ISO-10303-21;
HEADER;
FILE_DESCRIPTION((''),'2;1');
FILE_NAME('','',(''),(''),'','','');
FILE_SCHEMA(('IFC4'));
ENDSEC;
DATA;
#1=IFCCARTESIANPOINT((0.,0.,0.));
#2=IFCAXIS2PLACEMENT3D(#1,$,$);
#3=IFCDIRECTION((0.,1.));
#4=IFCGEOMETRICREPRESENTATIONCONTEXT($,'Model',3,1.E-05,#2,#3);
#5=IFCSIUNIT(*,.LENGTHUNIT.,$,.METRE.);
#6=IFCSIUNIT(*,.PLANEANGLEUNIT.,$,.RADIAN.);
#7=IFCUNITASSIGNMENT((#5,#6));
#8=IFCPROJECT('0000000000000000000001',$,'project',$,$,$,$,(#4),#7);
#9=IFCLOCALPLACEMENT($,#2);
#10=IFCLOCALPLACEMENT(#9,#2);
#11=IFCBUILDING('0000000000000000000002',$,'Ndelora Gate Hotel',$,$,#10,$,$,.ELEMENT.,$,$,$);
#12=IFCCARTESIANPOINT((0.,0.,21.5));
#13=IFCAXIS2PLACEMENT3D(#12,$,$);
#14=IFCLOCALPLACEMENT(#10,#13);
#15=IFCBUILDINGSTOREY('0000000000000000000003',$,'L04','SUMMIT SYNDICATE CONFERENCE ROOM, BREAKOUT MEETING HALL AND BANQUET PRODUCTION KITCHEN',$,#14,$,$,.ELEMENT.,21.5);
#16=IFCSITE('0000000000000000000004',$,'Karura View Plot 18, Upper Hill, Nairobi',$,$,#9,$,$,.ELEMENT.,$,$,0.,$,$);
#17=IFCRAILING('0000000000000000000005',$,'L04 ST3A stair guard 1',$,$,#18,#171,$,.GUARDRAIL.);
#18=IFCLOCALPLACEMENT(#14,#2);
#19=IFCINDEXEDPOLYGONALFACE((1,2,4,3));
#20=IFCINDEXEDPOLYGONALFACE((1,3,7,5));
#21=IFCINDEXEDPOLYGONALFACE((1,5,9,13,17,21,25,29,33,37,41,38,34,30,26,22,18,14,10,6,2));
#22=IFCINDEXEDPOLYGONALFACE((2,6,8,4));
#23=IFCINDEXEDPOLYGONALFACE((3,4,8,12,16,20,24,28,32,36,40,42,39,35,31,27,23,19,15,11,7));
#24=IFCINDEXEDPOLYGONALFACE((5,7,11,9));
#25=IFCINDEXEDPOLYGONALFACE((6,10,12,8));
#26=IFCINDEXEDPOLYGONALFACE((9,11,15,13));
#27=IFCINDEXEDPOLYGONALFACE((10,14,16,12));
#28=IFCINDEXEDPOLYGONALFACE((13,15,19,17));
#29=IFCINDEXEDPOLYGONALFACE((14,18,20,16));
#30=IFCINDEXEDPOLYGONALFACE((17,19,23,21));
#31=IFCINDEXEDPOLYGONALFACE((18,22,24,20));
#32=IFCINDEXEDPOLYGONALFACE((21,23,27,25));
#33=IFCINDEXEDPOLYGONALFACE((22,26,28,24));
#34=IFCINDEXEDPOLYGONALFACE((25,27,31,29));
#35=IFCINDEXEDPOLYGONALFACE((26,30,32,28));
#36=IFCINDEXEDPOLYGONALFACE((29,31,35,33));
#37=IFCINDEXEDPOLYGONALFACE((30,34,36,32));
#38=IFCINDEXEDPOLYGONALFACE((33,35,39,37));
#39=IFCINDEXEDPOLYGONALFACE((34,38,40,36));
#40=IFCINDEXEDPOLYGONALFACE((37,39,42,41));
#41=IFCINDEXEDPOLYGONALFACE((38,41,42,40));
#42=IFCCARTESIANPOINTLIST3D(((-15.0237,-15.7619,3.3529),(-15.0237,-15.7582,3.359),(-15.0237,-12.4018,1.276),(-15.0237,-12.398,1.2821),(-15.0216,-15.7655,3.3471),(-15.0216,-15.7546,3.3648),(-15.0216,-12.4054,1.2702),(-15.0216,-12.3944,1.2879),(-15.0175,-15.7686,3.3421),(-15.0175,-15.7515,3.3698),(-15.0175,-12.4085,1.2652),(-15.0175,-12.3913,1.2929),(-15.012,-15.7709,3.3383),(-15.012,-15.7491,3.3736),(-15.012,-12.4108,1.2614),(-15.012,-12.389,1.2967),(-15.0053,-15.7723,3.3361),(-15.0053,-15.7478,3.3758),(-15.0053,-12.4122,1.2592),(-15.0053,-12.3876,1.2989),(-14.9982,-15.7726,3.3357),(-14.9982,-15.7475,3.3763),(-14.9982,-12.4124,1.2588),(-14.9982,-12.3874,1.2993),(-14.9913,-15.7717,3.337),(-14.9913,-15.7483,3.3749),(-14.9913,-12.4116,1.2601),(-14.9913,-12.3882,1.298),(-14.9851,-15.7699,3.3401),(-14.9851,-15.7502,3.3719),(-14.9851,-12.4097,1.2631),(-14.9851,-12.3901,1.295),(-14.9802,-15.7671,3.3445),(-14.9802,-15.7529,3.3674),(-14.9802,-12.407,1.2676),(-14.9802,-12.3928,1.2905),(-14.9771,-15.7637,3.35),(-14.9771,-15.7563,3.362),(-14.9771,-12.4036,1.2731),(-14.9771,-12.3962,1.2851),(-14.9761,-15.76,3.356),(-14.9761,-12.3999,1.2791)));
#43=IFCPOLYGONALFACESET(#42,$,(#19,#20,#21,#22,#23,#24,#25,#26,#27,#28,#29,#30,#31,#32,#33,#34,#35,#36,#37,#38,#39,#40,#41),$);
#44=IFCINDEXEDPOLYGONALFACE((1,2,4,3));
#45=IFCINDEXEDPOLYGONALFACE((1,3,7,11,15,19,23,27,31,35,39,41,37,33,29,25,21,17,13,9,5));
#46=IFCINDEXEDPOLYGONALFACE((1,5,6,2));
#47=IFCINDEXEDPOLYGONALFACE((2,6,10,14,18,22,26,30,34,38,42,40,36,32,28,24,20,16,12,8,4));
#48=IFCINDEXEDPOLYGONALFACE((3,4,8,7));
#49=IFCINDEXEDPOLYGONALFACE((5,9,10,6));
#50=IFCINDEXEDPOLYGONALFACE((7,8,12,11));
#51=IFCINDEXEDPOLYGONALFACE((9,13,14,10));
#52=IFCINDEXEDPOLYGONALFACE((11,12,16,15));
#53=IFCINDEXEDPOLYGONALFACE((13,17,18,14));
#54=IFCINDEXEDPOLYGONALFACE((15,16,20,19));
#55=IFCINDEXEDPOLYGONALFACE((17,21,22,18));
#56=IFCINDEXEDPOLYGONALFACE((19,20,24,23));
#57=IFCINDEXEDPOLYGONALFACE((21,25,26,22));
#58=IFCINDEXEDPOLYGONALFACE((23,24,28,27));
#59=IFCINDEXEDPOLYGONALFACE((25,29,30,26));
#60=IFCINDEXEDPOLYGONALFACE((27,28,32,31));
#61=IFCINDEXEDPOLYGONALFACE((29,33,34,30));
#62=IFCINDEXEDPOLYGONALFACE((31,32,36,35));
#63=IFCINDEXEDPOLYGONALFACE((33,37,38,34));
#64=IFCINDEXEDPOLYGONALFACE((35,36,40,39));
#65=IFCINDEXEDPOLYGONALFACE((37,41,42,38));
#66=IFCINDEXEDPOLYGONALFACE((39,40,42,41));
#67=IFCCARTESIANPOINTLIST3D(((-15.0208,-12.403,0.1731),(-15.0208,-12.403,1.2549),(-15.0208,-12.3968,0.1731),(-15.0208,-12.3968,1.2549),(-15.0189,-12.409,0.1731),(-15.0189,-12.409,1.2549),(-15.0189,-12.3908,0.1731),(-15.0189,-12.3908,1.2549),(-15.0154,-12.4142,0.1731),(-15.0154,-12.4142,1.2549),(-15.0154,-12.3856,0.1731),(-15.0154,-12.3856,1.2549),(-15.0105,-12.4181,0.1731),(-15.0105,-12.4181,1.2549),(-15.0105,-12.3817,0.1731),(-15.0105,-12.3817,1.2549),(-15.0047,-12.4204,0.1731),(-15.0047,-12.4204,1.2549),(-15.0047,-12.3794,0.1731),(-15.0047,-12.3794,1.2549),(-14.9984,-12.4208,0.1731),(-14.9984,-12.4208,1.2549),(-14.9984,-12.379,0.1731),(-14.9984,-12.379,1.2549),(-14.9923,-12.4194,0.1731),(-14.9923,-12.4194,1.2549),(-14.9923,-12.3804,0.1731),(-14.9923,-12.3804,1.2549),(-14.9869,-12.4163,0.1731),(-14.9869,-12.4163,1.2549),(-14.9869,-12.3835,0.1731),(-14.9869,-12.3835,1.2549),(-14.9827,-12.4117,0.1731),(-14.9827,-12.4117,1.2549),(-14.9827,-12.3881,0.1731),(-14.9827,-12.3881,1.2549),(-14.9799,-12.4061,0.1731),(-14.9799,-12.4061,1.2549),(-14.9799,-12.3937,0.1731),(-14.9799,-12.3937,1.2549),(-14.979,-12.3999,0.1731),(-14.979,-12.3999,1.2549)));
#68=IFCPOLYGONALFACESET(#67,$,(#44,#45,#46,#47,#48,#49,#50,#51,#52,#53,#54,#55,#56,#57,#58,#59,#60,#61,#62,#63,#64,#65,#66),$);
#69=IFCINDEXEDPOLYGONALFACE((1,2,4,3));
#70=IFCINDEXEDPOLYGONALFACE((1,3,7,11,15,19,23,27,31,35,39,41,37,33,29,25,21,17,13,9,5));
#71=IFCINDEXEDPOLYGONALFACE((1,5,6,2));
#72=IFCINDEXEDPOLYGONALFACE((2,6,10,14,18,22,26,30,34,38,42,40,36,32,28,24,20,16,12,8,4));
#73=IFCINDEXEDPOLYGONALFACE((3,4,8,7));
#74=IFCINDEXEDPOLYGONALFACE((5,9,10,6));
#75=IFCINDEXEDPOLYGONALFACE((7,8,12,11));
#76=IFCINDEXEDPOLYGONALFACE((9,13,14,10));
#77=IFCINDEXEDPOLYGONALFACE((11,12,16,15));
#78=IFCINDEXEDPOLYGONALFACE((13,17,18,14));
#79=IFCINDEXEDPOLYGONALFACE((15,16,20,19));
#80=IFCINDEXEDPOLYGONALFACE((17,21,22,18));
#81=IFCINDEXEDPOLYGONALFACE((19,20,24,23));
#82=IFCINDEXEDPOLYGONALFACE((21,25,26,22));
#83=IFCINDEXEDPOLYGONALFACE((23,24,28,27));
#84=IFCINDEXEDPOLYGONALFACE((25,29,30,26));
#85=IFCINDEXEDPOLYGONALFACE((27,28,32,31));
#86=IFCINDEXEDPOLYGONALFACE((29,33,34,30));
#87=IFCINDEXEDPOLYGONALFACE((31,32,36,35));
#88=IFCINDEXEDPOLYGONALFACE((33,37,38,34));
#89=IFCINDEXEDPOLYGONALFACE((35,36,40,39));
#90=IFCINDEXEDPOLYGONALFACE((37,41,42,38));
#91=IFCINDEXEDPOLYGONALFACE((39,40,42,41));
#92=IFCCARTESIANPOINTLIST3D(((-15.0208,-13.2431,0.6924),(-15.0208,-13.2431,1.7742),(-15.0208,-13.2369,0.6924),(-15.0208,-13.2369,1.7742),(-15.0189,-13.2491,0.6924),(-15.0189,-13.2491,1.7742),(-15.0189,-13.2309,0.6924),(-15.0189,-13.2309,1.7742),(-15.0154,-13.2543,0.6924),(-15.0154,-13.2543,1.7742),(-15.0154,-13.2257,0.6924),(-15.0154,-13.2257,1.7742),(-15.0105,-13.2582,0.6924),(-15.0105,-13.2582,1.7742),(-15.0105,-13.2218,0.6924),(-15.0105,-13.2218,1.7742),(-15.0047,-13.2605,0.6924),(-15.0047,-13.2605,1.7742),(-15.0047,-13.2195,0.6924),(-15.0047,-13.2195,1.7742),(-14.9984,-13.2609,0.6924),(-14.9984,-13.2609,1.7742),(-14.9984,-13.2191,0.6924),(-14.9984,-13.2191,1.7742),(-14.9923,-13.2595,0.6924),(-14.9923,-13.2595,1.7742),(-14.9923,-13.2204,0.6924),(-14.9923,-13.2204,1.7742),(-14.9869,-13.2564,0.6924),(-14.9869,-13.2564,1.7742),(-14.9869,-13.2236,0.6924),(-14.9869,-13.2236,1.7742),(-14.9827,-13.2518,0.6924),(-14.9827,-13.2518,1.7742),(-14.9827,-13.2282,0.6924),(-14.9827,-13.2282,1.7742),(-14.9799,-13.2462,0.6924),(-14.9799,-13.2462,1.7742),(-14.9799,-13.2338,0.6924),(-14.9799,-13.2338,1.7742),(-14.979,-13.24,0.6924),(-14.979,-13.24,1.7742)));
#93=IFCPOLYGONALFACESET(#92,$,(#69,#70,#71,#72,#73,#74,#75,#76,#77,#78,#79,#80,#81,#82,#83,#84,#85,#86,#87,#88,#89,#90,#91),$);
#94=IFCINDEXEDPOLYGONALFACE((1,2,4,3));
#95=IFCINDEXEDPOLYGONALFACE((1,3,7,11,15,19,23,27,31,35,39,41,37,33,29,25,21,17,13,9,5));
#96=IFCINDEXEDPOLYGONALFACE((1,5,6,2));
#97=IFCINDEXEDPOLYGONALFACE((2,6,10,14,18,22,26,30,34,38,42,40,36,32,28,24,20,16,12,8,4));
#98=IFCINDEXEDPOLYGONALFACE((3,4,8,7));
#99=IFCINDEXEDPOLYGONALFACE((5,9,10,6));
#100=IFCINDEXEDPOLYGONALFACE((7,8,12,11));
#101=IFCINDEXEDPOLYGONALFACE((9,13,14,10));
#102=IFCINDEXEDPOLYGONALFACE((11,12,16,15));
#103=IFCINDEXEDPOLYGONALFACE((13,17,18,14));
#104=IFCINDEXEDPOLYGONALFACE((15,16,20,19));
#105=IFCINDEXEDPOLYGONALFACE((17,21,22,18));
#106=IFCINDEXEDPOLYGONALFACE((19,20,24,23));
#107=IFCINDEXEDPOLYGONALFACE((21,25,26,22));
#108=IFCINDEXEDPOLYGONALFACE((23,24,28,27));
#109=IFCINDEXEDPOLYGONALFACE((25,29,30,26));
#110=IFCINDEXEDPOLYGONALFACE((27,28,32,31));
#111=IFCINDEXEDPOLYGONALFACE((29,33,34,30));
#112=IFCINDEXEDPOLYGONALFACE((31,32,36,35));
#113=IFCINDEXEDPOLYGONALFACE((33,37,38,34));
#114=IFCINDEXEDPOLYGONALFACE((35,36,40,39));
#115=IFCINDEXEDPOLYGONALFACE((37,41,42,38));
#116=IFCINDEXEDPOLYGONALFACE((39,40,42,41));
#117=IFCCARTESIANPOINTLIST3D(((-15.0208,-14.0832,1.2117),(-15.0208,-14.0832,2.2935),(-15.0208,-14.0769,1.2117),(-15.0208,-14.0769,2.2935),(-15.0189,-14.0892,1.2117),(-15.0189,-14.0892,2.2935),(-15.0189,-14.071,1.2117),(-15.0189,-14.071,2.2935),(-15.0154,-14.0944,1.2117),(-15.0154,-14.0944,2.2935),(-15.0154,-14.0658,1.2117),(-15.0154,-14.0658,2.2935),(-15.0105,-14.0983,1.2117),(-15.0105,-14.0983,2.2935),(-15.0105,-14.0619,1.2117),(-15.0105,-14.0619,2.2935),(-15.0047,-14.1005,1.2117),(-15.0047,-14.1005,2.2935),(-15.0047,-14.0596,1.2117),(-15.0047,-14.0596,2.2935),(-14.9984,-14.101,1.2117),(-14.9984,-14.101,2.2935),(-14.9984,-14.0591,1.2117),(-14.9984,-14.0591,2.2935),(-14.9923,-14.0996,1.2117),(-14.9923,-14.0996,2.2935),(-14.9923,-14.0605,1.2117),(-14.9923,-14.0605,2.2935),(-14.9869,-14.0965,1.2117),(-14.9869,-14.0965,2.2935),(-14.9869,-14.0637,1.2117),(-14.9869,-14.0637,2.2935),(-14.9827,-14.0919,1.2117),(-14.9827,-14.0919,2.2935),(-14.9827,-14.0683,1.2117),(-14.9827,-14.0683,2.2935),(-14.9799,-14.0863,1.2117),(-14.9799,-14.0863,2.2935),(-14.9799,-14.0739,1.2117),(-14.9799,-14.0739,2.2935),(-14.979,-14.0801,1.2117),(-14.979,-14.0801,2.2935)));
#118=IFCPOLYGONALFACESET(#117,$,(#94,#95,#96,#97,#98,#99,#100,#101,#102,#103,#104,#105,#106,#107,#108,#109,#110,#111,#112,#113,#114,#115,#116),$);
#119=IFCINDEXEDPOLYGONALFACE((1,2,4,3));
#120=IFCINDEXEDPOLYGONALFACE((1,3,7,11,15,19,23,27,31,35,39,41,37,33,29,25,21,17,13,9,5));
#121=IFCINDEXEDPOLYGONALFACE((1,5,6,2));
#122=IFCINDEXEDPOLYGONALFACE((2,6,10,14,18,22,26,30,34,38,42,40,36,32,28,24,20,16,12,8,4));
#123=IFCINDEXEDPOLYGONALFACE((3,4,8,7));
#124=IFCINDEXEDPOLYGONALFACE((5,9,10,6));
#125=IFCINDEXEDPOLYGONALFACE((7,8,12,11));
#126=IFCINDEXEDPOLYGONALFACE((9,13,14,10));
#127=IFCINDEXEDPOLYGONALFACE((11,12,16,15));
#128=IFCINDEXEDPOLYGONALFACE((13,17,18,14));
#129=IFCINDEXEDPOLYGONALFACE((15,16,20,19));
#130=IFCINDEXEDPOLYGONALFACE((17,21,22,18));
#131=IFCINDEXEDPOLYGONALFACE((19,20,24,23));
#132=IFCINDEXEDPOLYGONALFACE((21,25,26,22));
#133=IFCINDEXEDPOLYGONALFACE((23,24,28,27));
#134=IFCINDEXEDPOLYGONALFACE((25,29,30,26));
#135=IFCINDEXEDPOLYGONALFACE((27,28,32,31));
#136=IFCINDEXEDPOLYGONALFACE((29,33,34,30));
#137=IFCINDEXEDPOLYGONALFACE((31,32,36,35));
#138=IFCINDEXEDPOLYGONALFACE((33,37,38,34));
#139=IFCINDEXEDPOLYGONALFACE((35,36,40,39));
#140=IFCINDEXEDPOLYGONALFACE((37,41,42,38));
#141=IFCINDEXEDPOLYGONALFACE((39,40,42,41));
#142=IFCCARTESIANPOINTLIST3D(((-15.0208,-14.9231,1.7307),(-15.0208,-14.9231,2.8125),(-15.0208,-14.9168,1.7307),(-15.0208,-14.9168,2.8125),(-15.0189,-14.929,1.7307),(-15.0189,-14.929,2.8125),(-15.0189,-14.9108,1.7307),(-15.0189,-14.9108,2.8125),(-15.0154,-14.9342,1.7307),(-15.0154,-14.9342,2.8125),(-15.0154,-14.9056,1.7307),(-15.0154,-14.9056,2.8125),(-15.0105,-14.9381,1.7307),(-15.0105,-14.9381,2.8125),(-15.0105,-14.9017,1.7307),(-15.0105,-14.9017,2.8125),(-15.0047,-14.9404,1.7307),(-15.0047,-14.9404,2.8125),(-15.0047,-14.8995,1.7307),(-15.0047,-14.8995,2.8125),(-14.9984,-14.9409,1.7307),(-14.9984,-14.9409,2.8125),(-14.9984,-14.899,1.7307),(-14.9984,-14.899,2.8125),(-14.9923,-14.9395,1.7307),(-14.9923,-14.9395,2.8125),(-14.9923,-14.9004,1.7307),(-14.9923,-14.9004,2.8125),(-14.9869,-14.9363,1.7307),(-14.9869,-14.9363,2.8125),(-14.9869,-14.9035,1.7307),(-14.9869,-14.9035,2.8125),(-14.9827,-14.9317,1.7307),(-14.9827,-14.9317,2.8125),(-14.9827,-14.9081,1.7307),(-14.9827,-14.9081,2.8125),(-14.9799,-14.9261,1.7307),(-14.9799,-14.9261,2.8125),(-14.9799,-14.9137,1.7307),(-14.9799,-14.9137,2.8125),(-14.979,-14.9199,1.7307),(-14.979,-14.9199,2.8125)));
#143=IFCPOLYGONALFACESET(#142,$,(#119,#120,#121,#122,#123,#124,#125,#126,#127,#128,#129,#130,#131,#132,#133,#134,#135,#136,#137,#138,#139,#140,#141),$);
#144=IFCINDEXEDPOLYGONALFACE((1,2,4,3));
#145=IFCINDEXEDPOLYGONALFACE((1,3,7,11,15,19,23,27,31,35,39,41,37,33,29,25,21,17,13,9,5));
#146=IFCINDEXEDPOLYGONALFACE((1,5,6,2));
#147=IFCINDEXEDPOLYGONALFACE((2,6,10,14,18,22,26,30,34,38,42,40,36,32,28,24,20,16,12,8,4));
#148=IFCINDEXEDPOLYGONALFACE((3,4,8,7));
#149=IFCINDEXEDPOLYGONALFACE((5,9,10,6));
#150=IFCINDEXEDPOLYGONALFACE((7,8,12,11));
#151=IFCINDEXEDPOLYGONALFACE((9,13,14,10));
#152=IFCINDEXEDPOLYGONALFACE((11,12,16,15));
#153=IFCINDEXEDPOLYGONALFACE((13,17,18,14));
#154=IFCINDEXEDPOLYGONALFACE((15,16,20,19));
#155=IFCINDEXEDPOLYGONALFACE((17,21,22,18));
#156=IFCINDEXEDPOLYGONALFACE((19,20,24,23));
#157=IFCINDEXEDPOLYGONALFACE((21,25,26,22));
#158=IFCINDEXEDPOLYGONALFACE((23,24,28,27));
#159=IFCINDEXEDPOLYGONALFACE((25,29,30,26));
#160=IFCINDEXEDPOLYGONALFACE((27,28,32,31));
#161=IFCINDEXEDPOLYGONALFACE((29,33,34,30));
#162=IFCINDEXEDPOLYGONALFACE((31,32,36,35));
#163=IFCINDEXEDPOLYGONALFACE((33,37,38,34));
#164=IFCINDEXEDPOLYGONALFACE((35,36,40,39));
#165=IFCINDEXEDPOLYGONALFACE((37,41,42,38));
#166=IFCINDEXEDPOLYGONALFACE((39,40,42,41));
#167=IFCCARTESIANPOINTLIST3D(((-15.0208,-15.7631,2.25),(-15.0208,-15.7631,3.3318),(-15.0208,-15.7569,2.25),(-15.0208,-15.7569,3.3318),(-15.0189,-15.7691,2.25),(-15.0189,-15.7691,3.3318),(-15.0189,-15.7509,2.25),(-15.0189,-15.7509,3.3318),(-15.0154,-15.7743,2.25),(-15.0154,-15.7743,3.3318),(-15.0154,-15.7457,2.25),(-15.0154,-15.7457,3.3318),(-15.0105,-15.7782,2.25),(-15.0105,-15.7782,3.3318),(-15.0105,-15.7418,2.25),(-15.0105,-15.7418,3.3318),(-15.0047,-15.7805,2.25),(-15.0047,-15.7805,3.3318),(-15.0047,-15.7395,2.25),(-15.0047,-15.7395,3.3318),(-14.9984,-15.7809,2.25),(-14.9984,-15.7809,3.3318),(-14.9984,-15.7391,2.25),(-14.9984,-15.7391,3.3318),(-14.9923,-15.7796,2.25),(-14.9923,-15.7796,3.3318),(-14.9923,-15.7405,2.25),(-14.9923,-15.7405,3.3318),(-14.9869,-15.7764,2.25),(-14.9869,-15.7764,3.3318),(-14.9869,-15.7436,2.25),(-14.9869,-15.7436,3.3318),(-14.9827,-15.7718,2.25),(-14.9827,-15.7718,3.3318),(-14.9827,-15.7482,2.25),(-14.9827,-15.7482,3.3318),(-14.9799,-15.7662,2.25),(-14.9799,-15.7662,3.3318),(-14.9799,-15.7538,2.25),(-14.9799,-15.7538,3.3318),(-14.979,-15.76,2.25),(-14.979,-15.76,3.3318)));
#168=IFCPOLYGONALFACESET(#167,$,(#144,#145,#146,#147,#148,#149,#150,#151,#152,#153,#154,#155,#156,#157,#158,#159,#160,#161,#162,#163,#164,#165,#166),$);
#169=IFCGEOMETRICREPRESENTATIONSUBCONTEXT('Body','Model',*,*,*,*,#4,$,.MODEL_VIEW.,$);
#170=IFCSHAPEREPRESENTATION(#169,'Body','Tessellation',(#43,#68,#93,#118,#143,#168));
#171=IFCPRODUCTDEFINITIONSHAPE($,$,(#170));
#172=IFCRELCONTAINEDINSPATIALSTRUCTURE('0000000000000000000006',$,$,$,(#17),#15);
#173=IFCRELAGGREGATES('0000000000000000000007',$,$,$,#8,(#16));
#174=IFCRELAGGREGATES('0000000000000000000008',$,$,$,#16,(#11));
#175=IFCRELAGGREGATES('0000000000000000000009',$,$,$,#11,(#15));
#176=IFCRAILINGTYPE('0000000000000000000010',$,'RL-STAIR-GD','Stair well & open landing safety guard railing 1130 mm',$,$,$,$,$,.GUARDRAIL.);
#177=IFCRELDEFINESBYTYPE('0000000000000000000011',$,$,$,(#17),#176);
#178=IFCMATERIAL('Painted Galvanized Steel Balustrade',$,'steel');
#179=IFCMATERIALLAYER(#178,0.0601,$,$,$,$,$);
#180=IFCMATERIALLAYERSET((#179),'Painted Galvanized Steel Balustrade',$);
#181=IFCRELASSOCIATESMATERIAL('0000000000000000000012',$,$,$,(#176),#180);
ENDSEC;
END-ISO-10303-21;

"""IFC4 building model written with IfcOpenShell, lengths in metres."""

from ifc_helpers import new_model, si_unit, direction, frame, origin, origin_2d, place, context, subcontext, project, spatial, circle, extrude, material, layer, layer_set, type_object, element, save


model = new_model("IFC4")

# Units and contexts
model_context = context("Model", 3, precision=1e-05, world=origin(), true_north=direction((0.0, 1.0)))
body_context = subcontext(model_context, "Body", "Model", "MODEL_VIEW")
ifc_project = project(units=[si_unit("LENGTHUNIT", "METRE"), si_unit("PLANEANGLEUNIT", "RADIAN")], contexts=[model_context])

# Site, building, storey
site_placement = place(None, origin())
site = spatial("IfcSite", under=ifc_project, at=site_placement, Name="Karura View Plot 18, Upper Hill, Nairobi", CompositionType="ELEMENT", RefElevation=0.0)
building_placement = place(site_placement, origin())
building = spatial("IfcBuilding", under=site, at=building_placement, Name="Ndelora Gate Hotel", CompositionType="ELEMENT")
storey_placement = place(building_placement, frame((0.0, 0.0, 21.5)))
storey = spatial("IfcBuildingStorey", under=building, at=storey_placement, Name="L04", Description="SUMMIT SYNDICATE CONFERENCE ROOM, BREAKOUT MEETING HALL AND BANQUET PRODUCTION KITCHEN", CompositionType="ELEMENT", Elevation=21.5)

# Railing
ifc_material_1 = material(Name="Painted Galvanized Steel Balustrade", Category="steel")
ifc_layer_1 = layer(ifc_material_1, 0.0601)
ifc_layer_set_1 = layer_set([ifc_layer_1], Name="Painted Galvanized Steel Balustrade")
railing_type_1 = type_object("IfcRailingType", Name="RL-STAIR-GD", Description="Stair well & open landing safety guard railing 1130 mm", PredefinedType="GUARDRAIL", material=ifc_layer_set_1)
railing_1_placement = place(storey_placement, frame((-15.0, -12.3999, 0.1731)))
element("IfcRailing", 1, at=railing_1_placement, inside=storey, type_object=railing_type_1, Name="L04 ST3A stair guard 1", PredefinedType="GUARDRAIL", context=body_context, shape_type="SweptSolid", body=[
    extrude(circle(Radius=0.0239, at=origin_2d()), frame((0.0, 0.0, 1.106), z_axis=(0.0, -0.850623, 0.525776), x_axis=(1.0, 0.0, 0.0)), (0.0, 0.0, 1.0), 3.9502),
    extrude(circle(Radius=0.021, at=origin_2d()), origin(), (0.0, 0.0, 1.0), 1.0818),
    extrude(circle(Radius=0.021, at=origin_2d()), frame((0.0, -0.8401, 0.5193)), (0.0, 0.0, 1.0), 1.0818),
    extrude(circle(Radius=0.021, at=origin_2d()), frame((0.0, -1.6802, 1.0386)), (0.0, 0.0, 1.0), 1.0818),
    extrude(circle(Radius=0.021, at=origin_2d()), frame((0.0, -2.52, 1.5576)), (0.0, 0.0, 1.0), 1.0818),
    extrude(circle(Radius=0.021, at=origin_2d()), frame((0.0, -3.3601, 2.0769)), (0.0, 0.0, 1.0), 1.0818),
])

save(model, "model.ifc")
